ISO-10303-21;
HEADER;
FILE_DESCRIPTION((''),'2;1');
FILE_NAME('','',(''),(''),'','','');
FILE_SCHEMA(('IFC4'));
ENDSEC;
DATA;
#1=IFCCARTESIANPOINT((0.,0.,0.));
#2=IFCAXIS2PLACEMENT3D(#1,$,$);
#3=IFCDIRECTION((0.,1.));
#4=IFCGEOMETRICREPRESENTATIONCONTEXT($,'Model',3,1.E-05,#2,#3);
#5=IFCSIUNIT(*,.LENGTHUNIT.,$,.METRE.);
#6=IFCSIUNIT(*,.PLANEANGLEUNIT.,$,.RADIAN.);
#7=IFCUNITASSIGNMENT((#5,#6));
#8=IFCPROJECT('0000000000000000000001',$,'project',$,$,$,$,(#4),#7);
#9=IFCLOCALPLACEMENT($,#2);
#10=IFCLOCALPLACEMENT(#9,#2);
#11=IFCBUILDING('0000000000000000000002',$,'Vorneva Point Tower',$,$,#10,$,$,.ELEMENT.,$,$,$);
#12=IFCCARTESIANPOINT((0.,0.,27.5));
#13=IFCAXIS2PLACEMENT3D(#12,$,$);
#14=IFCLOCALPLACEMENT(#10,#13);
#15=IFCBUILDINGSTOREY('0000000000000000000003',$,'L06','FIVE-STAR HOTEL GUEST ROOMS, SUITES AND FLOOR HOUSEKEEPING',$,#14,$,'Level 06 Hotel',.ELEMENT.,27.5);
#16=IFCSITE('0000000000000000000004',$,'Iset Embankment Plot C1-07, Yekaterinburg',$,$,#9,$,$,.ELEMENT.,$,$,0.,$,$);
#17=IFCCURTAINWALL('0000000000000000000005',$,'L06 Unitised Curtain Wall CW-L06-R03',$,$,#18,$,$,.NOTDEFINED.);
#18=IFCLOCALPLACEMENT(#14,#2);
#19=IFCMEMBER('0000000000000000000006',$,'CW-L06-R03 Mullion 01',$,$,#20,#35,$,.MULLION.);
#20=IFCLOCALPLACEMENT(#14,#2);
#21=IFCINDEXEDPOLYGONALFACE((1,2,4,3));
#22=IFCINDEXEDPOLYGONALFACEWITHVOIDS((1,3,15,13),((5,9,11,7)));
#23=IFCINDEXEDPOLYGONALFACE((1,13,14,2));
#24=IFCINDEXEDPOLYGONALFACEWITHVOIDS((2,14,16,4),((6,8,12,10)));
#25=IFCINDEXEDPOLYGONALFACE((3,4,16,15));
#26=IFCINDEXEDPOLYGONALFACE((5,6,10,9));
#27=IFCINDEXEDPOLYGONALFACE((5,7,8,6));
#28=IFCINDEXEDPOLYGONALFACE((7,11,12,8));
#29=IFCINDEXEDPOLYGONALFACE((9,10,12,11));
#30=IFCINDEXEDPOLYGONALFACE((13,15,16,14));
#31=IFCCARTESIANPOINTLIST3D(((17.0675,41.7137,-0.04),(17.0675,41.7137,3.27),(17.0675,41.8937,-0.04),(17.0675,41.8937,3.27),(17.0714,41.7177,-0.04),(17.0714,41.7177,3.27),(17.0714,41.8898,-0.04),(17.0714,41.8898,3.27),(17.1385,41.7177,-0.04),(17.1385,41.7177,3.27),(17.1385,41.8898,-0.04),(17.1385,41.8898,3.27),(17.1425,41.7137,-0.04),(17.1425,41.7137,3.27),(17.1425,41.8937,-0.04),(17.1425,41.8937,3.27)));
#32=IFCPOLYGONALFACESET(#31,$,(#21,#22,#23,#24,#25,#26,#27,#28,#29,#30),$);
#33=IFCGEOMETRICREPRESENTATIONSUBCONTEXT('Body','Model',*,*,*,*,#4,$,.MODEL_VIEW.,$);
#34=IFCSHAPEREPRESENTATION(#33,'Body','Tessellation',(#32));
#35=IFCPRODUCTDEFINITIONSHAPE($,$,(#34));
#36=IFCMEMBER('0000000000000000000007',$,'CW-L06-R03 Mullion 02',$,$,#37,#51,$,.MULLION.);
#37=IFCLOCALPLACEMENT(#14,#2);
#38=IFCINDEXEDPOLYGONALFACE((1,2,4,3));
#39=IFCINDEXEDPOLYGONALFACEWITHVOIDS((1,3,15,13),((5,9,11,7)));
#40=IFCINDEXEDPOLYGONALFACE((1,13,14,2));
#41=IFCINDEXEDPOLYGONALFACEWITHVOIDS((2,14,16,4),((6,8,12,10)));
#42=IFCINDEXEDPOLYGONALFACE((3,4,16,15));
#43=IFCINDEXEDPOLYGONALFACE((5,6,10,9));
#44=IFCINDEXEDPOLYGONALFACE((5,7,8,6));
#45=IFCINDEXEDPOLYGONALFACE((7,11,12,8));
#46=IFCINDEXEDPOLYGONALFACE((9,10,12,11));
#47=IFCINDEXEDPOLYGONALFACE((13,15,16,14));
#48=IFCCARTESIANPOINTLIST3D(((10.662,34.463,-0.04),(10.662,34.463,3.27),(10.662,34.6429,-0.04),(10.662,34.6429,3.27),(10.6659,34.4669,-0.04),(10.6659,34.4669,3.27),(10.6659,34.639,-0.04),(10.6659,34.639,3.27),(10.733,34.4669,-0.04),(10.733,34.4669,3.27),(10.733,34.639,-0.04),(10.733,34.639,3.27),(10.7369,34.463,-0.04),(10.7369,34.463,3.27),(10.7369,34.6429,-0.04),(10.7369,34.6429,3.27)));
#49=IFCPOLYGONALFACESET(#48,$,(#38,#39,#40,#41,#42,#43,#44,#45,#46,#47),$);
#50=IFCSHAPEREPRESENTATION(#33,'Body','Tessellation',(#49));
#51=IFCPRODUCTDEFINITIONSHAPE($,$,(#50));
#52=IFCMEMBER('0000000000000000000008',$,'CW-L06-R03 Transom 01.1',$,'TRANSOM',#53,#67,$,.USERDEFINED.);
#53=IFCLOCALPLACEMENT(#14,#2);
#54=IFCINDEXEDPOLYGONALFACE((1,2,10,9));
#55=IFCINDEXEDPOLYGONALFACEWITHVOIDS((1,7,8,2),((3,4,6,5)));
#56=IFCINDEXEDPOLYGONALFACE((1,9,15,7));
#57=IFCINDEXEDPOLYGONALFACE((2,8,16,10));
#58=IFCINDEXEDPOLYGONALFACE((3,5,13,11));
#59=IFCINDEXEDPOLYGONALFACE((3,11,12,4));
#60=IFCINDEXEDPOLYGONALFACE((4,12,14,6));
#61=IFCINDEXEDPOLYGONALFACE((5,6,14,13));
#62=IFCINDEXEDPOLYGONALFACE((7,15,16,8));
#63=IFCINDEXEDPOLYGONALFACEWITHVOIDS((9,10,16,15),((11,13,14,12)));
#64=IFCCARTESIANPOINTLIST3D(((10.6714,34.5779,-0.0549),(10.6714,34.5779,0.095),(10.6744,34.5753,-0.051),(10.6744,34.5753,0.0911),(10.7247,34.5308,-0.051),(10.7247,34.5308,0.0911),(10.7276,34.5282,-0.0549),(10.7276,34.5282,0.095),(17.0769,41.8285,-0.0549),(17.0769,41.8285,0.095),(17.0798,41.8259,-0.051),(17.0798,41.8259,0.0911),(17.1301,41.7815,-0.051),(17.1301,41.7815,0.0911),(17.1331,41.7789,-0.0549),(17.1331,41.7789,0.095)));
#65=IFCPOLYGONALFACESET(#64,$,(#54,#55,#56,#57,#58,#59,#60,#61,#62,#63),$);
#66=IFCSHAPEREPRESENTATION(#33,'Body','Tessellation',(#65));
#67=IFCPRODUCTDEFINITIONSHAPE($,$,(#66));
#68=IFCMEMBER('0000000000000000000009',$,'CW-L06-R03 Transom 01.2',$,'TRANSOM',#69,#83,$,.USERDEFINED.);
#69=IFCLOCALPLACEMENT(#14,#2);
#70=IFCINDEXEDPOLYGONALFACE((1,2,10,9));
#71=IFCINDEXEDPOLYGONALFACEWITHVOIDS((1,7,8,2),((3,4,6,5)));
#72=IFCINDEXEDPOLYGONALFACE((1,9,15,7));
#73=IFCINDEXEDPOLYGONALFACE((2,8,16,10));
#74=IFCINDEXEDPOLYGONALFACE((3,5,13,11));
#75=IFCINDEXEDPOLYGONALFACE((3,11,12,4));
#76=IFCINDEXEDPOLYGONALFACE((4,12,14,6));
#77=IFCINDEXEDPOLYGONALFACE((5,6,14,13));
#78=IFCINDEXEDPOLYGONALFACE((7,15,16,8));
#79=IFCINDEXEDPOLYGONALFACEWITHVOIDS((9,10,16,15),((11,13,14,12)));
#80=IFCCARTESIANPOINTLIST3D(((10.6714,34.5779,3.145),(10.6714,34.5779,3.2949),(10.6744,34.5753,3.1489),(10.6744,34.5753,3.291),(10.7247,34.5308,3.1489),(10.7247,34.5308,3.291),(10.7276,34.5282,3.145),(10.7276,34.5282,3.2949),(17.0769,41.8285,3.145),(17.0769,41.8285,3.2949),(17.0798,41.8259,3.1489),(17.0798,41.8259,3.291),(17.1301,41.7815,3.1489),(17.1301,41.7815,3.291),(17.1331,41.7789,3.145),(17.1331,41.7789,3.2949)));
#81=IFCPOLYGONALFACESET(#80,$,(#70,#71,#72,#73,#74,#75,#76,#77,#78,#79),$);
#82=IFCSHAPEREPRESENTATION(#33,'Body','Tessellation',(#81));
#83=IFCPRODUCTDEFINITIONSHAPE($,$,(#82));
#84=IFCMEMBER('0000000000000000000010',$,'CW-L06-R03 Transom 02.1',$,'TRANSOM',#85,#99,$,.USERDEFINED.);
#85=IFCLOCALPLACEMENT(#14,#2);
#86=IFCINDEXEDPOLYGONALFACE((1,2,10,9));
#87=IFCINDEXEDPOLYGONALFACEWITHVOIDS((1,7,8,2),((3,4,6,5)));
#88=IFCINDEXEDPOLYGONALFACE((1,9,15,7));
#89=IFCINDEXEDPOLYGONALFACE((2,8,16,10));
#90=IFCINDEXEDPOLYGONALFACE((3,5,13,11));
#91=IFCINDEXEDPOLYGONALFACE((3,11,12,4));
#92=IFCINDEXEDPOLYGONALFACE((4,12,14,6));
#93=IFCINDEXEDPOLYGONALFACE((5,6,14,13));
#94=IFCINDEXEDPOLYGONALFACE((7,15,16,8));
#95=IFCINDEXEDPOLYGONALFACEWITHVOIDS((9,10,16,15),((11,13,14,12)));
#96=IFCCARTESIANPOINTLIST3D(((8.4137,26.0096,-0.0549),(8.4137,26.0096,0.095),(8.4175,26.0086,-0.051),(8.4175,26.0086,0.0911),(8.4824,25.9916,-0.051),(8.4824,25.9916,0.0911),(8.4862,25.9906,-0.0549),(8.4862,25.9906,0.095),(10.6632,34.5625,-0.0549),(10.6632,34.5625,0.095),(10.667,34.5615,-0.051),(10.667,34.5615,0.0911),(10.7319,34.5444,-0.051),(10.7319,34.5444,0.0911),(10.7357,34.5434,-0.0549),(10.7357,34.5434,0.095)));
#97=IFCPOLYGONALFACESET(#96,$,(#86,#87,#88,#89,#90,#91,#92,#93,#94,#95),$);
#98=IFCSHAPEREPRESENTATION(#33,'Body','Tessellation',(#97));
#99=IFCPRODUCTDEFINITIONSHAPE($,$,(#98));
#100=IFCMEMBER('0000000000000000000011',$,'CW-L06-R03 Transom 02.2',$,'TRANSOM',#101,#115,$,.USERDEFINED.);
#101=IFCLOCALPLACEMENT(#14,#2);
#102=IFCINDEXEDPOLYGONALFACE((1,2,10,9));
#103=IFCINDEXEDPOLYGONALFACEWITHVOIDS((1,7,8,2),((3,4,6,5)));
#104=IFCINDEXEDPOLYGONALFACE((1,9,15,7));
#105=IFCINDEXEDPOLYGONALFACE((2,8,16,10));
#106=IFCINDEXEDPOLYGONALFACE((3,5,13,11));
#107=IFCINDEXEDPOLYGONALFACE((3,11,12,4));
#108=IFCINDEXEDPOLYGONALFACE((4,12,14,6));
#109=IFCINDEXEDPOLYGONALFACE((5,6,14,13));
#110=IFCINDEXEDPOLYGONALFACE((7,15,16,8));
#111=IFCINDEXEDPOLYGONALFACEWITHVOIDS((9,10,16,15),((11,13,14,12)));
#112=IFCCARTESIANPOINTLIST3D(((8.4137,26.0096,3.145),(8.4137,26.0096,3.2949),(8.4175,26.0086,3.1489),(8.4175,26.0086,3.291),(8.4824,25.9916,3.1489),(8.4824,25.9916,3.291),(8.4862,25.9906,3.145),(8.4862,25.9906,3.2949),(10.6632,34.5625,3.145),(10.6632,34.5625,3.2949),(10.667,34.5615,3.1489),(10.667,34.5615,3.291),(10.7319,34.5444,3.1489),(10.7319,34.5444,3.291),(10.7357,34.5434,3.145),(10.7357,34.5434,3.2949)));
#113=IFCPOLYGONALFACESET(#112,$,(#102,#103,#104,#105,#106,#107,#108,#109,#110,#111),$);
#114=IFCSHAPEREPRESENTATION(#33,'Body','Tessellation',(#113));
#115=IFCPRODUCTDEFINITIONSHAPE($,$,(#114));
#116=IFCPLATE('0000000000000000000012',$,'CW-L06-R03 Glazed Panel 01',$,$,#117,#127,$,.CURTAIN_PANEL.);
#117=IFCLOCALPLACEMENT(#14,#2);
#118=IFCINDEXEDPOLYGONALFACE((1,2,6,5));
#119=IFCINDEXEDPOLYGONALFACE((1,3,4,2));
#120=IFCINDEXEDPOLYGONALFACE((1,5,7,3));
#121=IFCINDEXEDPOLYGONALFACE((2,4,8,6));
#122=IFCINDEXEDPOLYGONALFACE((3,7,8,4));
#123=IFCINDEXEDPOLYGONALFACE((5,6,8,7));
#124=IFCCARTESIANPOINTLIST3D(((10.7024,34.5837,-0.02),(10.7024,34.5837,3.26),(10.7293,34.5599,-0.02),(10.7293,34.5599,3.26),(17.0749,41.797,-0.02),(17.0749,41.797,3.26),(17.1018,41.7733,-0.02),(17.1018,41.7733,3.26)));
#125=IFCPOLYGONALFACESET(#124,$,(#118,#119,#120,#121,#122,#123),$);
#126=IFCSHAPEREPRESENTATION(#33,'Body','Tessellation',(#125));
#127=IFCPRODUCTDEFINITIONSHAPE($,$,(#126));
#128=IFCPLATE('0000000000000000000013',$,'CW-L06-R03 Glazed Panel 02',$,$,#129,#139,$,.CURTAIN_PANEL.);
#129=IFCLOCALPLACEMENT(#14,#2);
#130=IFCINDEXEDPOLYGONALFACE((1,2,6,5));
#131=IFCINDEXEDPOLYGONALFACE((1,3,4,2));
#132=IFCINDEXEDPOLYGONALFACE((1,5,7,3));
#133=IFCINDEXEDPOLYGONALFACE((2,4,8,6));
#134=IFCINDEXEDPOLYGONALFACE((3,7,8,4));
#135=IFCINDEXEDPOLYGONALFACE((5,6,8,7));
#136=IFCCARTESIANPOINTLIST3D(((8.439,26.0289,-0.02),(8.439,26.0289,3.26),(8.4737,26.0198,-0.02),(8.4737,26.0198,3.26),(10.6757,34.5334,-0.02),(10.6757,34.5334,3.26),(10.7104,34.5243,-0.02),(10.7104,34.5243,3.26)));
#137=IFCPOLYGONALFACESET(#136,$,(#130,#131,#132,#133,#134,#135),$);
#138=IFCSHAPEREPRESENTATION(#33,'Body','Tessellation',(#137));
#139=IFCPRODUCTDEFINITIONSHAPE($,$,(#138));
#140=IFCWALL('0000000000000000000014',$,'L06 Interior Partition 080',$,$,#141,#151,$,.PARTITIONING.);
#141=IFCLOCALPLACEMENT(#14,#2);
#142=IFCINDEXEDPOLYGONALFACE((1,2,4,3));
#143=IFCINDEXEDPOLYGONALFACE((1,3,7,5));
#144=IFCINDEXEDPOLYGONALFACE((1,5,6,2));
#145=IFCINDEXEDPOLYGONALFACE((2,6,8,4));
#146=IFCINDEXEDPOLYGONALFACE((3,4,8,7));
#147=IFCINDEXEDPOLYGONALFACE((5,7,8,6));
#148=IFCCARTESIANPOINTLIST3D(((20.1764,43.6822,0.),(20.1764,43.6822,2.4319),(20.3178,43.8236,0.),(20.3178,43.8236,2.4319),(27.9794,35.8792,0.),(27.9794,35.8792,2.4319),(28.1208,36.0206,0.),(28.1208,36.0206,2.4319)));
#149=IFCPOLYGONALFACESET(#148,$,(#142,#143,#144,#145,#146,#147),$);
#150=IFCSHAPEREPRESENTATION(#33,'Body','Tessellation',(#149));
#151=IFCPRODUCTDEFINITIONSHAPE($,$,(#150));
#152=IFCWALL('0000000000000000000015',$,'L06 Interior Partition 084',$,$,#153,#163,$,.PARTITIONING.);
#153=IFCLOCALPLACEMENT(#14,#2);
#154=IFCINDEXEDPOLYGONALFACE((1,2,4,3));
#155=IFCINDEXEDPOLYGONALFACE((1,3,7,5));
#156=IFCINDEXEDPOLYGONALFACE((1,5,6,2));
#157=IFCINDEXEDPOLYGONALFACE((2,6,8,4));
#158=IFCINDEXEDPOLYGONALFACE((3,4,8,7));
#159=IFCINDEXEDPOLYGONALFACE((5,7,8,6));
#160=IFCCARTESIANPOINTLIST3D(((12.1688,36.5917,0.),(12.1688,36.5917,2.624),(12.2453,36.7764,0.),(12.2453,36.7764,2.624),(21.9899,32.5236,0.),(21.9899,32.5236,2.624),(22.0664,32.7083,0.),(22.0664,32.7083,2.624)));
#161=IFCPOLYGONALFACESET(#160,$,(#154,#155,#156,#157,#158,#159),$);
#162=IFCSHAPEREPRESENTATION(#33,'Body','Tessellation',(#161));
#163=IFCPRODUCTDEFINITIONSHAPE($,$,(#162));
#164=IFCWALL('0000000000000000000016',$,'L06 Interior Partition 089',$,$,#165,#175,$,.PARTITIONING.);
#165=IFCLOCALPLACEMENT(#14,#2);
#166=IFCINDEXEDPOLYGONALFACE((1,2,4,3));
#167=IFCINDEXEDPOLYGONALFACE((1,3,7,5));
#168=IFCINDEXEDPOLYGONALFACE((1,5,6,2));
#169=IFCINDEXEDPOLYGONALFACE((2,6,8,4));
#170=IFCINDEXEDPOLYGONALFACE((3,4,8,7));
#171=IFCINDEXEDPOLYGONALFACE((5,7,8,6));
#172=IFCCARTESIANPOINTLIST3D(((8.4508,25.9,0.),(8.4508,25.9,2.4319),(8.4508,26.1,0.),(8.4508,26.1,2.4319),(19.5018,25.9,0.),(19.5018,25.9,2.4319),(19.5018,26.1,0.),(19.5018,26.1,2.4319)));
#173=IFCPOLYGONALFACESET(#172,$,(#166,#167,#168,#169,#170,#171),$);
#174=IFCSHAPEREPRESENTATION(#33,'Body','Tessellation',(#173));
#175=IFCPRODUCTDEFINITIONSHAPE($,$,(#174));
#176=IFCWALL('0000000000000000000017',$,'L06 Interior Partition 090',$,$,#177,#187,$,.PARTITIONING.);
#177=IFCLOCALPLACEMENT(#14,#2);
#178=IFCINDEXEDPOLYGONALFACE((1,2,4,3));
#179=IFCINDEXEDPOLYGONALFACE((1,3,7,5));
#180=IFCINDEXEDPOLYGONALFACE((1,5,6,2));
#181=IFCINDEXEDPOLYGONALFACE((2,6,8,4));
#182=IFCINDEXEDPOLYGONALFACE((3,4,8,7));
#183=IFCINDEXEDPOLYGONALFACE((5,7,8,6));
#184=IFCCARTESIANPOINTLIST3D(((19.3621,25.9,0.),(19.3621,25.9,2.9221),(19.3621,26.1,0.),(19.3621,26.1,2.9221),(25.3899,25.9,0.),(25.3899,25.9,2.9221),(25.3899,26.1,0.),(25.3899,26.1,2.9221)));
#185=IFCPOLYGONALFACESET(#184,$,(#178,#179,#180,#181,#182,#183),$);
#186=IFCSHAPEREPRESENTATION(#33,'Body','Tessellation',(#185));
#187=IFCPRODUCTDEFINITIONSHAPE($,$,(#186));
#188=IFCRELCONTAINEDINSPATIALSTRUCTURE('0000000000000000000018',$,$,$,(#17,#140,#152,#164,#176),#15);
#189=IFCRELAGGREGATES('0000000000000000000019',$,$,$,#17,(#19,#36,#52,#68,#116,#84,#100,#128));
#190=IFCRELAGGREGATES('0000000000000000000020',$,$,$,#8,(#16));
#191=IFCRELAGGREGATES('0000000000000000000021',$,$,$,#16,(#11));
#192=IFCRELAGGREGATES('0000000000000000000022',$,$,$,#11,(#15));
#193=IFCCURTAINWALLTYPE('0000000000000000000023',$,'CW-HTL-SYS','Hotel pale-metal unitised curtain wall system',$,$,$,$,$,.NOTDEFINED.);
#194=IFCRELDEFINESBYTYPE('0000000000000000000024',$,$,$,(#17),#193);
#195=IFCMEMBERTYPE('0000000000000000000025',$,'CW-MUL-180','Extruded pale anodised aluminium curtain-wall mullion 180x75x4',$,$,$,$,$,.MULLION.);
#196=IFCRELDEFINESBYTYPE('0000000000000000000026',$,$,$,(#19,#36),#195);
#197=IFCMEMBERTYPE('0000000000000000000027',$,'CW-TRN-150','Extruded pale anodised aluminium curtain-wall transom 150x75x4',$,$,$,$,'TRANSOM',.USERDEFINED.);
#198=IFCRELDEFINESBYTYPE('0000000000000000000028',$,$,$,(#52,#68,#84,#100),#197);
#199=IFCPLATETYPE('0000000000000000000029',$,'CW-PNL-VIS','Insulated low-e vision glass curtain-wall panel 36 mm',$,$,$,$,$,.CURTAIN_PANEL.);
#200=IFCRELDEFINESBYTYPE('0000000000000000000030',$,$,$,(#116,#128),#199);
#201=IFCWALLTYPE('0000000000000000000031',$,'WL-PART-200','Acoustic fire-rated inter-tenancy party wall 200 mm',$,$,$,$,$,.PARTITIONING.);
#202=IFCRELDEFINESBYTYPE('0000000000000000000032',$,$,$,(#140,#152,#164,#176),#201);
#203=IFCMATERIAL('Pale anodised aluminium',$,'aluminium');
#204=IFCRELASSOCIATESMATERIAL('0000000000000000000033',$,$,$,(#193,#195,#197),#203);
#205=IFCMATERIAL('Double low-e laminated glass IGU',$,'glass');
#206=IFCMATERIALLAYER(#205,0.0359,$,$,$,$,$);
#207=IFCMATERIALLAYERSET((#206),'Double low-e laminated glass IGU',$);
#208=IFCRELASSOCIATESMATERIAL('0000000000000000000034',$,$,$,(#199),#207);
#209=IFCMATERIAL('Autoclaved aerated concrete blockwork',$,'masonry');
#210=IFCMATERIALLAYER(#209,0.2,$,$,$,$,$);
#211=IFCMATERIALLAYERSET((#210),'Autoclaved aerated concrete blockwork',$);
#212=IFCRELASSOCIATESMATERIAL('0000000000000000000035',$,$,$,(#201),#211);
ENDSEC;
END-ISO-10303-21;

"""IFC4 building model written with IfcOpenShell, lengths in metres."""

from ifc_helpers import new_model, si_unit, direction, frame, frame_2d, origin, origin_2d, place, context, subcontext, project, spatial, rectangle, hollow_rectangle, extrude, material, layer, layer_set, material_profile, profile_set, type_object, element, aggregate, save


model = new_model("IFC4")

# Units and contexts
model_context = context("Model", 3, precision=1e-05, world=origin(), true_north=direction((0.0, 1.0)))
body_context = subcontext(model_context, "Body", "Model", "MODEL_VIEW")
ifc_project = project(units=[si_unit("LENGTHUNIT", "METRE"), si_unit("PLANEANGLEUNIT", "RADIAN")], contexts=[model_context])

# Site, building, storey
site_placement = place(None, origin())
site = spatial("IfcSite", under=ifc_project, at=site_placement, Name="Iset Embankment Plot C1-07, Yekaterinburg", CompositionType="ELEMENT", RefElevation=0.0)
building_placement = place(site_placement, origin())
building = spatial("IfcBuilding", under=site, at=building_placement, Name="Vorneva Point Tower", CompositionType="ELEMENT")
storey_placement = place(building_placement, frame((0.0, 0.0, 27.5)))
storey = spatial("IfcBuildingStorey", under=building, at=storey_placement, Name="L06", Description="FIVE-STAR HOTEL GUEST ROOMS, SUITES AND FLOOR HOUSEKEEPING", LongName="Level 06 Hotel", CompositionType="ELEMENT", Elevation=27.5)

# Curtain wall, members, plates
ifc_material_1 = material(Name="Pale anodised aluminium", Category="aluminium")
curtain_wall_type = type_object("IfcCurtainWallType", Name="CW-HTL-SYS", Description="Hotel pale-metal unitised curtain wall system", PredefinedType="NOTDEFINED", material=ifc_material_1)
curtain_wall_placement = place(storey_placement, origin())
curtain_wall = element("IfcCurtainWall", 1, at=curtain_wall_placement, inside=storey, type_object=curtain_wall_type, Name="L06 Unitised Curtain Wall CW-L06-R03", PredefinedType="NOTDEFINED")
ifc_material_profile_1 = material_profile(ifc_material_1, hollow_rectangle(XDim=0.075, YDim=0.1799, WallThickness=0.0039, at=origin_2d()), Name="AL-MUL 180x75x4")
ifc_profile_set_1 = profile_set([ifc_material_profile_1], Name="Pale anodised aluminium")
member_type_1 = type_object("IfcMemberType", Name="CW-MUL-180", Description="Extruded pale anodised aluminium curtain-wall mullion 180x75x4", PredefinedType="MULLION", material=ifc_profile_set_1)
member_1_placement = place(storey_placement, frame((17.105, 41.8037, -0.04), z_axis=(0.0, 0.0, 1.0), x_axis=(1.0, 0.0, 0.0)))
member_1 = element("IfcMember", 2, at=member_1_placement, type_object=member_type_1, Name="CW-L06-R03 Mullion 01", PredefinedType="MULLION", context=body_context, shape_type="SweptSolid", body=[
    extrude(hollow_rectangle(XDim=0.075, YDim=0.1799, WallThickness=0.0039, at=origin_2d()), origin(), (0.0, 0.0, 1.0), 3.3101),
])
member_2_placement = place(storey_placement, frame((10.6995, 34.553, -0.04), z_axis=(0.0, 0.0, 1.0), x_axis=(1.0, 0.0, 0.0)))
member_2 = element("IfcMember", 3, at=member_2_placement, type_object=member_type_1, Name="CW-L06-R03 Mullion 02", PredefinedType="MULLION", context=body_context, shape_type="SweptSolid", body=[
    extrude(hollow_rectangle(XDim=0.075, YDim=0.1799, WallThickness=0.0039, at=origin_2d()), origin(), (0.0, 0.0, 1.0), 3.3101),
])
ifc_material_profile_2 = material_profile(ifc_material_1, hollow_rectangle(XDim=0.075, YDim=0.1499, WallThickness=0.0039, at=origin_2d()), Name="AL-TRN 150x75x4")
ifc_profile_set_2 = profile_set([ifc_material_profile_2], Name="Pale anodised aluminium")
member_type_2 = type_object("IfcMemberType", Name="CW-TRN-150", Description="Extruded pale anodised aluminium curtain-wall transom 150x75x4", ElementType="TRANSOM", PredefinedType="USERDEFINED", material=ifc_profile_set_2)
member_3_placement = place(storey_placement, frame((17.105, 41.8037, 0.02), z_axis=(-0.662076, -0.749437, 0.0), x_axis=(0.749437, -0.662076, 0.0)))
member_3 = element("IfcMember", 4, at=member_3_placement, type_object=member_type_2, Name="CW-L06-R03 Transom 01.1", ObjectType="TRANSOM", PredefinedType="USERDEFINED", context=body_context, shape_type="SweptSolid", body=[
    extrude(hollow_rectangle(XDim=0.075, YDim=0.1499, WallThickness=0.0039, at=origin_2d()), origin(), (0.0, 0.0, 1.0), 9.6748),
])
member_4_placement = place(storey_placement, frame((17.105, 41.8037, 3.22), z_axis=(-0.662076, -0.749437, 0.0), x_axis=(0.749437, -0.662076, 0.0)))
member_4 = element("IfcMember", 5, at=member_4_placement, type_object=member_type_2, Name="CW-L06-R03 Transom 01.2", ObjectType="TRANSOM", PredefinedType="USERDEFINED", context=body_context, shape_type="SweptSolid", body=[
    extrude(hollow_rectangle(XDim=0.075, YDim=0.1499, WallThickness=0.0039, at=origin_2d()), origin(), (0.0, 0.0, 1.0), 9.6748),
])
member_5_placement = place(storey_placement, frame((10.6995, 34.553, 0.02), z_axis=(-0.254359, -0.96711, 0.0), x_axis=(0.96711, -0.254359, 0.0)))
member_5 = element("IfcMember", 6, at=member_5_placement, type_object=member_type_2, Name="CW-L06-R03 Transom 02.1", ObjectType="TRANSOM", PredefinedType="USERDEFINED", context=body_context, shape_type="SweptSolid", body=[
    extrude(hollow_rectangle(XDim=0.075, YDim=0.1499, WallThickness=0.0039, at=origin_2d()), origin(), (0.0, 0.0, 1.0), 8.8438),
])
member_6_placement = place(storey_placement, frame((10.6995, 34.553, 3.22), z_axis=(-0.254359, -0.96711, 0.0), x_axis=(0.96711, -0.254359, 0.0)))
member_6 = element("IfcMember", 7, at=member_6_placement, type_object=member_type_2, Name="CW-L06-R03 Transom 02.2", ObjectType="TRANSOM", PredefinedType="USERDEFINED", context=body_context, shape_type="SweptSolid", body=[
    extrude(hollow_rectangle(XDim=0.075, YDim=0.1499, WallThickness=0.0039, at=origin_2d()), origin(), (0.0, 0.0, 1.0), 8.8438),
])
ifc_material_2 = material(Name="Double low-e laminated glass IGU", Category="glass")
ifc_layer_1 = layer(ifc_material_2, 0.0359)
ifc_layer_set_1 = layer_set([ifc_layer_1], Name="Double low-e laminated glass IGU")
plate_type = type_object("IfcPlateType", Name="CW-PNL-VIS", Description="Insulated low-e vision glass curtain-wall panel 36 mm", PredefinedType="CURTAIN_PANEL", material=ifc_layer_set_1)
plate_1_placement = place(storey_placement, frame((13.9021, 38.1785, -0.02), z_axis=(0.0, 0.0, 1.0), x_axis=(-0.662071, -0.749441, 0.0)))
plate_1 = element("IfcPlate", 8, at=plate_1_placement, type_object=plate_type, Name="CW-L06-R03 Glazed Panel 01", PredefinedType="CURTAIN_PANEL", context=body_context, shape_type="SweptSolid", body=[
    extrude(rectangle(XDim=9.625, YDim=0.0359, at=origin_2d()), origin(), (0.0, 0.0, 1.0), 3.28),
])
plate_2_placement = place(storey_placement, frame((9.5747, 30.2766, -0.02), z_axis=(0.0, 0.0, 1.0), x_axis=(-0.254349, -0.967113, 0.0)))
plate_2 = element("IfcPlate", 9, at=plate_2_placement, type_object=plate_type, Name="CW-L06-R03 Glazed Panel 02", PredefinedType="CURTAIN_PANEL", context=body_context, shape_type="SweptSolid", body=[
    extrude(rectangle(XDim=8.7937, YDim=0.0359, at=origin_2d()), origin(), (0.0, 0.0, 1.0), 3.28),
])
aggregate(curtain_wall, [member_1, member_2, member_3, member_4, plate_1, member_5, member_6, plate_2])

# Walls
ifc_material_3 = material(Name="Autoclaved aerated concrete blockwork", Category="masonry")
ifc_layer_2 = layer(ifc_material_3, 0.2)
ifc_layer_set_2 = layer_set([ifc_layer_2], Name="Autoclaved aerated concrete blockwork")
wall_type = type_object("IfcWallType", Name="WL-PART-200", Description="Acoustic fire-rated inter-tenancy party wall 200 mm", PredefinedType="PARTITIONING", material=ifc_layer_set_2)
wall_1_placement = place(storey_placement, frame((20.2471, 43.7529, 0.0), z_axis=(0.0, 0.0, 1.0), x_axis=(0.707107, -0.707107, 0.0)))
element("IfcWall", 10, at=wall_1_placement, inside=storey, type_object=wall_type, Name="L06 Interior Partition 080", PredefinedType="PARTITIONING", context=body_context, shape_type="SweptSolid", body=[
    extrude(rectangle(XDim=11.0352, YDim=0.2, at=frame_2d((5.5176, 0.0))), origin(), (0.0, 0.0, 1.0), 2.4319),
])
wall_2_placement = place(storey_placement, frame((12.207, 36.6841, 0.0), z_axis=(0.0, 0.0, 1.0), x_axis=(0.923876, -0.382692, 0.0)))
element("IfcWall", 11, at=wall_2_placement, inside=storey, type_object=wall_type, Name="L06 Interior Partition 084", PredefinedType="PARTITIONING", context=body_context, shape_type="SweptSolid", body=[
    extrude(rectangle(XDim=10.6304, YDim=0.2, at=frame_2d((5.3152, 0.0))), origin(), (0.0, 0.0, 1.0), 2.624),
])
wall_3_placement = place(storey_placement, frame((8.4509, 26.0, 0.0), z_axis=(0.0, 0.0, 1.0), x_axis=(1.0, 0.0, 0.0)))
element("IfcWall", 12, at=wall_3_placement, inside=storey, type_object=wall_type, Name="L06 Interior Partition 089", PredefinedType="PARTITIONING", context=body_context, shape_type="SweptSolid", body=[
    extrude(rectangle(XDim=11.051, YDim=0.2, at=frame_2d((5.5254, 0.0))), origin(), (0.0, 0.0, 1.0), 2.4319),
])
wall_4_placement = place(storey_placement, frame((19.3621, 26.0, 0.0), z_axis=(0.0, 0.0, 1.0), x_axis=(1.0, 0.0, 0.0)))
element("IfcWall", 13, at=wall_4_placement, inside=storey, type_object=wall_type, Name="L06 Interior Partition 090", PredefinedType="PARTITIONING", context=body_context, shape_type="SweptSolid", body=[
    extrude(rectangle(XDim=6.0278, YDim=0.2, at=frame_2d((3.0139, 0.0))), origin(), (0.0, 0.0, 1.0), 2.9221),
])

save(model, "model.ifc")
